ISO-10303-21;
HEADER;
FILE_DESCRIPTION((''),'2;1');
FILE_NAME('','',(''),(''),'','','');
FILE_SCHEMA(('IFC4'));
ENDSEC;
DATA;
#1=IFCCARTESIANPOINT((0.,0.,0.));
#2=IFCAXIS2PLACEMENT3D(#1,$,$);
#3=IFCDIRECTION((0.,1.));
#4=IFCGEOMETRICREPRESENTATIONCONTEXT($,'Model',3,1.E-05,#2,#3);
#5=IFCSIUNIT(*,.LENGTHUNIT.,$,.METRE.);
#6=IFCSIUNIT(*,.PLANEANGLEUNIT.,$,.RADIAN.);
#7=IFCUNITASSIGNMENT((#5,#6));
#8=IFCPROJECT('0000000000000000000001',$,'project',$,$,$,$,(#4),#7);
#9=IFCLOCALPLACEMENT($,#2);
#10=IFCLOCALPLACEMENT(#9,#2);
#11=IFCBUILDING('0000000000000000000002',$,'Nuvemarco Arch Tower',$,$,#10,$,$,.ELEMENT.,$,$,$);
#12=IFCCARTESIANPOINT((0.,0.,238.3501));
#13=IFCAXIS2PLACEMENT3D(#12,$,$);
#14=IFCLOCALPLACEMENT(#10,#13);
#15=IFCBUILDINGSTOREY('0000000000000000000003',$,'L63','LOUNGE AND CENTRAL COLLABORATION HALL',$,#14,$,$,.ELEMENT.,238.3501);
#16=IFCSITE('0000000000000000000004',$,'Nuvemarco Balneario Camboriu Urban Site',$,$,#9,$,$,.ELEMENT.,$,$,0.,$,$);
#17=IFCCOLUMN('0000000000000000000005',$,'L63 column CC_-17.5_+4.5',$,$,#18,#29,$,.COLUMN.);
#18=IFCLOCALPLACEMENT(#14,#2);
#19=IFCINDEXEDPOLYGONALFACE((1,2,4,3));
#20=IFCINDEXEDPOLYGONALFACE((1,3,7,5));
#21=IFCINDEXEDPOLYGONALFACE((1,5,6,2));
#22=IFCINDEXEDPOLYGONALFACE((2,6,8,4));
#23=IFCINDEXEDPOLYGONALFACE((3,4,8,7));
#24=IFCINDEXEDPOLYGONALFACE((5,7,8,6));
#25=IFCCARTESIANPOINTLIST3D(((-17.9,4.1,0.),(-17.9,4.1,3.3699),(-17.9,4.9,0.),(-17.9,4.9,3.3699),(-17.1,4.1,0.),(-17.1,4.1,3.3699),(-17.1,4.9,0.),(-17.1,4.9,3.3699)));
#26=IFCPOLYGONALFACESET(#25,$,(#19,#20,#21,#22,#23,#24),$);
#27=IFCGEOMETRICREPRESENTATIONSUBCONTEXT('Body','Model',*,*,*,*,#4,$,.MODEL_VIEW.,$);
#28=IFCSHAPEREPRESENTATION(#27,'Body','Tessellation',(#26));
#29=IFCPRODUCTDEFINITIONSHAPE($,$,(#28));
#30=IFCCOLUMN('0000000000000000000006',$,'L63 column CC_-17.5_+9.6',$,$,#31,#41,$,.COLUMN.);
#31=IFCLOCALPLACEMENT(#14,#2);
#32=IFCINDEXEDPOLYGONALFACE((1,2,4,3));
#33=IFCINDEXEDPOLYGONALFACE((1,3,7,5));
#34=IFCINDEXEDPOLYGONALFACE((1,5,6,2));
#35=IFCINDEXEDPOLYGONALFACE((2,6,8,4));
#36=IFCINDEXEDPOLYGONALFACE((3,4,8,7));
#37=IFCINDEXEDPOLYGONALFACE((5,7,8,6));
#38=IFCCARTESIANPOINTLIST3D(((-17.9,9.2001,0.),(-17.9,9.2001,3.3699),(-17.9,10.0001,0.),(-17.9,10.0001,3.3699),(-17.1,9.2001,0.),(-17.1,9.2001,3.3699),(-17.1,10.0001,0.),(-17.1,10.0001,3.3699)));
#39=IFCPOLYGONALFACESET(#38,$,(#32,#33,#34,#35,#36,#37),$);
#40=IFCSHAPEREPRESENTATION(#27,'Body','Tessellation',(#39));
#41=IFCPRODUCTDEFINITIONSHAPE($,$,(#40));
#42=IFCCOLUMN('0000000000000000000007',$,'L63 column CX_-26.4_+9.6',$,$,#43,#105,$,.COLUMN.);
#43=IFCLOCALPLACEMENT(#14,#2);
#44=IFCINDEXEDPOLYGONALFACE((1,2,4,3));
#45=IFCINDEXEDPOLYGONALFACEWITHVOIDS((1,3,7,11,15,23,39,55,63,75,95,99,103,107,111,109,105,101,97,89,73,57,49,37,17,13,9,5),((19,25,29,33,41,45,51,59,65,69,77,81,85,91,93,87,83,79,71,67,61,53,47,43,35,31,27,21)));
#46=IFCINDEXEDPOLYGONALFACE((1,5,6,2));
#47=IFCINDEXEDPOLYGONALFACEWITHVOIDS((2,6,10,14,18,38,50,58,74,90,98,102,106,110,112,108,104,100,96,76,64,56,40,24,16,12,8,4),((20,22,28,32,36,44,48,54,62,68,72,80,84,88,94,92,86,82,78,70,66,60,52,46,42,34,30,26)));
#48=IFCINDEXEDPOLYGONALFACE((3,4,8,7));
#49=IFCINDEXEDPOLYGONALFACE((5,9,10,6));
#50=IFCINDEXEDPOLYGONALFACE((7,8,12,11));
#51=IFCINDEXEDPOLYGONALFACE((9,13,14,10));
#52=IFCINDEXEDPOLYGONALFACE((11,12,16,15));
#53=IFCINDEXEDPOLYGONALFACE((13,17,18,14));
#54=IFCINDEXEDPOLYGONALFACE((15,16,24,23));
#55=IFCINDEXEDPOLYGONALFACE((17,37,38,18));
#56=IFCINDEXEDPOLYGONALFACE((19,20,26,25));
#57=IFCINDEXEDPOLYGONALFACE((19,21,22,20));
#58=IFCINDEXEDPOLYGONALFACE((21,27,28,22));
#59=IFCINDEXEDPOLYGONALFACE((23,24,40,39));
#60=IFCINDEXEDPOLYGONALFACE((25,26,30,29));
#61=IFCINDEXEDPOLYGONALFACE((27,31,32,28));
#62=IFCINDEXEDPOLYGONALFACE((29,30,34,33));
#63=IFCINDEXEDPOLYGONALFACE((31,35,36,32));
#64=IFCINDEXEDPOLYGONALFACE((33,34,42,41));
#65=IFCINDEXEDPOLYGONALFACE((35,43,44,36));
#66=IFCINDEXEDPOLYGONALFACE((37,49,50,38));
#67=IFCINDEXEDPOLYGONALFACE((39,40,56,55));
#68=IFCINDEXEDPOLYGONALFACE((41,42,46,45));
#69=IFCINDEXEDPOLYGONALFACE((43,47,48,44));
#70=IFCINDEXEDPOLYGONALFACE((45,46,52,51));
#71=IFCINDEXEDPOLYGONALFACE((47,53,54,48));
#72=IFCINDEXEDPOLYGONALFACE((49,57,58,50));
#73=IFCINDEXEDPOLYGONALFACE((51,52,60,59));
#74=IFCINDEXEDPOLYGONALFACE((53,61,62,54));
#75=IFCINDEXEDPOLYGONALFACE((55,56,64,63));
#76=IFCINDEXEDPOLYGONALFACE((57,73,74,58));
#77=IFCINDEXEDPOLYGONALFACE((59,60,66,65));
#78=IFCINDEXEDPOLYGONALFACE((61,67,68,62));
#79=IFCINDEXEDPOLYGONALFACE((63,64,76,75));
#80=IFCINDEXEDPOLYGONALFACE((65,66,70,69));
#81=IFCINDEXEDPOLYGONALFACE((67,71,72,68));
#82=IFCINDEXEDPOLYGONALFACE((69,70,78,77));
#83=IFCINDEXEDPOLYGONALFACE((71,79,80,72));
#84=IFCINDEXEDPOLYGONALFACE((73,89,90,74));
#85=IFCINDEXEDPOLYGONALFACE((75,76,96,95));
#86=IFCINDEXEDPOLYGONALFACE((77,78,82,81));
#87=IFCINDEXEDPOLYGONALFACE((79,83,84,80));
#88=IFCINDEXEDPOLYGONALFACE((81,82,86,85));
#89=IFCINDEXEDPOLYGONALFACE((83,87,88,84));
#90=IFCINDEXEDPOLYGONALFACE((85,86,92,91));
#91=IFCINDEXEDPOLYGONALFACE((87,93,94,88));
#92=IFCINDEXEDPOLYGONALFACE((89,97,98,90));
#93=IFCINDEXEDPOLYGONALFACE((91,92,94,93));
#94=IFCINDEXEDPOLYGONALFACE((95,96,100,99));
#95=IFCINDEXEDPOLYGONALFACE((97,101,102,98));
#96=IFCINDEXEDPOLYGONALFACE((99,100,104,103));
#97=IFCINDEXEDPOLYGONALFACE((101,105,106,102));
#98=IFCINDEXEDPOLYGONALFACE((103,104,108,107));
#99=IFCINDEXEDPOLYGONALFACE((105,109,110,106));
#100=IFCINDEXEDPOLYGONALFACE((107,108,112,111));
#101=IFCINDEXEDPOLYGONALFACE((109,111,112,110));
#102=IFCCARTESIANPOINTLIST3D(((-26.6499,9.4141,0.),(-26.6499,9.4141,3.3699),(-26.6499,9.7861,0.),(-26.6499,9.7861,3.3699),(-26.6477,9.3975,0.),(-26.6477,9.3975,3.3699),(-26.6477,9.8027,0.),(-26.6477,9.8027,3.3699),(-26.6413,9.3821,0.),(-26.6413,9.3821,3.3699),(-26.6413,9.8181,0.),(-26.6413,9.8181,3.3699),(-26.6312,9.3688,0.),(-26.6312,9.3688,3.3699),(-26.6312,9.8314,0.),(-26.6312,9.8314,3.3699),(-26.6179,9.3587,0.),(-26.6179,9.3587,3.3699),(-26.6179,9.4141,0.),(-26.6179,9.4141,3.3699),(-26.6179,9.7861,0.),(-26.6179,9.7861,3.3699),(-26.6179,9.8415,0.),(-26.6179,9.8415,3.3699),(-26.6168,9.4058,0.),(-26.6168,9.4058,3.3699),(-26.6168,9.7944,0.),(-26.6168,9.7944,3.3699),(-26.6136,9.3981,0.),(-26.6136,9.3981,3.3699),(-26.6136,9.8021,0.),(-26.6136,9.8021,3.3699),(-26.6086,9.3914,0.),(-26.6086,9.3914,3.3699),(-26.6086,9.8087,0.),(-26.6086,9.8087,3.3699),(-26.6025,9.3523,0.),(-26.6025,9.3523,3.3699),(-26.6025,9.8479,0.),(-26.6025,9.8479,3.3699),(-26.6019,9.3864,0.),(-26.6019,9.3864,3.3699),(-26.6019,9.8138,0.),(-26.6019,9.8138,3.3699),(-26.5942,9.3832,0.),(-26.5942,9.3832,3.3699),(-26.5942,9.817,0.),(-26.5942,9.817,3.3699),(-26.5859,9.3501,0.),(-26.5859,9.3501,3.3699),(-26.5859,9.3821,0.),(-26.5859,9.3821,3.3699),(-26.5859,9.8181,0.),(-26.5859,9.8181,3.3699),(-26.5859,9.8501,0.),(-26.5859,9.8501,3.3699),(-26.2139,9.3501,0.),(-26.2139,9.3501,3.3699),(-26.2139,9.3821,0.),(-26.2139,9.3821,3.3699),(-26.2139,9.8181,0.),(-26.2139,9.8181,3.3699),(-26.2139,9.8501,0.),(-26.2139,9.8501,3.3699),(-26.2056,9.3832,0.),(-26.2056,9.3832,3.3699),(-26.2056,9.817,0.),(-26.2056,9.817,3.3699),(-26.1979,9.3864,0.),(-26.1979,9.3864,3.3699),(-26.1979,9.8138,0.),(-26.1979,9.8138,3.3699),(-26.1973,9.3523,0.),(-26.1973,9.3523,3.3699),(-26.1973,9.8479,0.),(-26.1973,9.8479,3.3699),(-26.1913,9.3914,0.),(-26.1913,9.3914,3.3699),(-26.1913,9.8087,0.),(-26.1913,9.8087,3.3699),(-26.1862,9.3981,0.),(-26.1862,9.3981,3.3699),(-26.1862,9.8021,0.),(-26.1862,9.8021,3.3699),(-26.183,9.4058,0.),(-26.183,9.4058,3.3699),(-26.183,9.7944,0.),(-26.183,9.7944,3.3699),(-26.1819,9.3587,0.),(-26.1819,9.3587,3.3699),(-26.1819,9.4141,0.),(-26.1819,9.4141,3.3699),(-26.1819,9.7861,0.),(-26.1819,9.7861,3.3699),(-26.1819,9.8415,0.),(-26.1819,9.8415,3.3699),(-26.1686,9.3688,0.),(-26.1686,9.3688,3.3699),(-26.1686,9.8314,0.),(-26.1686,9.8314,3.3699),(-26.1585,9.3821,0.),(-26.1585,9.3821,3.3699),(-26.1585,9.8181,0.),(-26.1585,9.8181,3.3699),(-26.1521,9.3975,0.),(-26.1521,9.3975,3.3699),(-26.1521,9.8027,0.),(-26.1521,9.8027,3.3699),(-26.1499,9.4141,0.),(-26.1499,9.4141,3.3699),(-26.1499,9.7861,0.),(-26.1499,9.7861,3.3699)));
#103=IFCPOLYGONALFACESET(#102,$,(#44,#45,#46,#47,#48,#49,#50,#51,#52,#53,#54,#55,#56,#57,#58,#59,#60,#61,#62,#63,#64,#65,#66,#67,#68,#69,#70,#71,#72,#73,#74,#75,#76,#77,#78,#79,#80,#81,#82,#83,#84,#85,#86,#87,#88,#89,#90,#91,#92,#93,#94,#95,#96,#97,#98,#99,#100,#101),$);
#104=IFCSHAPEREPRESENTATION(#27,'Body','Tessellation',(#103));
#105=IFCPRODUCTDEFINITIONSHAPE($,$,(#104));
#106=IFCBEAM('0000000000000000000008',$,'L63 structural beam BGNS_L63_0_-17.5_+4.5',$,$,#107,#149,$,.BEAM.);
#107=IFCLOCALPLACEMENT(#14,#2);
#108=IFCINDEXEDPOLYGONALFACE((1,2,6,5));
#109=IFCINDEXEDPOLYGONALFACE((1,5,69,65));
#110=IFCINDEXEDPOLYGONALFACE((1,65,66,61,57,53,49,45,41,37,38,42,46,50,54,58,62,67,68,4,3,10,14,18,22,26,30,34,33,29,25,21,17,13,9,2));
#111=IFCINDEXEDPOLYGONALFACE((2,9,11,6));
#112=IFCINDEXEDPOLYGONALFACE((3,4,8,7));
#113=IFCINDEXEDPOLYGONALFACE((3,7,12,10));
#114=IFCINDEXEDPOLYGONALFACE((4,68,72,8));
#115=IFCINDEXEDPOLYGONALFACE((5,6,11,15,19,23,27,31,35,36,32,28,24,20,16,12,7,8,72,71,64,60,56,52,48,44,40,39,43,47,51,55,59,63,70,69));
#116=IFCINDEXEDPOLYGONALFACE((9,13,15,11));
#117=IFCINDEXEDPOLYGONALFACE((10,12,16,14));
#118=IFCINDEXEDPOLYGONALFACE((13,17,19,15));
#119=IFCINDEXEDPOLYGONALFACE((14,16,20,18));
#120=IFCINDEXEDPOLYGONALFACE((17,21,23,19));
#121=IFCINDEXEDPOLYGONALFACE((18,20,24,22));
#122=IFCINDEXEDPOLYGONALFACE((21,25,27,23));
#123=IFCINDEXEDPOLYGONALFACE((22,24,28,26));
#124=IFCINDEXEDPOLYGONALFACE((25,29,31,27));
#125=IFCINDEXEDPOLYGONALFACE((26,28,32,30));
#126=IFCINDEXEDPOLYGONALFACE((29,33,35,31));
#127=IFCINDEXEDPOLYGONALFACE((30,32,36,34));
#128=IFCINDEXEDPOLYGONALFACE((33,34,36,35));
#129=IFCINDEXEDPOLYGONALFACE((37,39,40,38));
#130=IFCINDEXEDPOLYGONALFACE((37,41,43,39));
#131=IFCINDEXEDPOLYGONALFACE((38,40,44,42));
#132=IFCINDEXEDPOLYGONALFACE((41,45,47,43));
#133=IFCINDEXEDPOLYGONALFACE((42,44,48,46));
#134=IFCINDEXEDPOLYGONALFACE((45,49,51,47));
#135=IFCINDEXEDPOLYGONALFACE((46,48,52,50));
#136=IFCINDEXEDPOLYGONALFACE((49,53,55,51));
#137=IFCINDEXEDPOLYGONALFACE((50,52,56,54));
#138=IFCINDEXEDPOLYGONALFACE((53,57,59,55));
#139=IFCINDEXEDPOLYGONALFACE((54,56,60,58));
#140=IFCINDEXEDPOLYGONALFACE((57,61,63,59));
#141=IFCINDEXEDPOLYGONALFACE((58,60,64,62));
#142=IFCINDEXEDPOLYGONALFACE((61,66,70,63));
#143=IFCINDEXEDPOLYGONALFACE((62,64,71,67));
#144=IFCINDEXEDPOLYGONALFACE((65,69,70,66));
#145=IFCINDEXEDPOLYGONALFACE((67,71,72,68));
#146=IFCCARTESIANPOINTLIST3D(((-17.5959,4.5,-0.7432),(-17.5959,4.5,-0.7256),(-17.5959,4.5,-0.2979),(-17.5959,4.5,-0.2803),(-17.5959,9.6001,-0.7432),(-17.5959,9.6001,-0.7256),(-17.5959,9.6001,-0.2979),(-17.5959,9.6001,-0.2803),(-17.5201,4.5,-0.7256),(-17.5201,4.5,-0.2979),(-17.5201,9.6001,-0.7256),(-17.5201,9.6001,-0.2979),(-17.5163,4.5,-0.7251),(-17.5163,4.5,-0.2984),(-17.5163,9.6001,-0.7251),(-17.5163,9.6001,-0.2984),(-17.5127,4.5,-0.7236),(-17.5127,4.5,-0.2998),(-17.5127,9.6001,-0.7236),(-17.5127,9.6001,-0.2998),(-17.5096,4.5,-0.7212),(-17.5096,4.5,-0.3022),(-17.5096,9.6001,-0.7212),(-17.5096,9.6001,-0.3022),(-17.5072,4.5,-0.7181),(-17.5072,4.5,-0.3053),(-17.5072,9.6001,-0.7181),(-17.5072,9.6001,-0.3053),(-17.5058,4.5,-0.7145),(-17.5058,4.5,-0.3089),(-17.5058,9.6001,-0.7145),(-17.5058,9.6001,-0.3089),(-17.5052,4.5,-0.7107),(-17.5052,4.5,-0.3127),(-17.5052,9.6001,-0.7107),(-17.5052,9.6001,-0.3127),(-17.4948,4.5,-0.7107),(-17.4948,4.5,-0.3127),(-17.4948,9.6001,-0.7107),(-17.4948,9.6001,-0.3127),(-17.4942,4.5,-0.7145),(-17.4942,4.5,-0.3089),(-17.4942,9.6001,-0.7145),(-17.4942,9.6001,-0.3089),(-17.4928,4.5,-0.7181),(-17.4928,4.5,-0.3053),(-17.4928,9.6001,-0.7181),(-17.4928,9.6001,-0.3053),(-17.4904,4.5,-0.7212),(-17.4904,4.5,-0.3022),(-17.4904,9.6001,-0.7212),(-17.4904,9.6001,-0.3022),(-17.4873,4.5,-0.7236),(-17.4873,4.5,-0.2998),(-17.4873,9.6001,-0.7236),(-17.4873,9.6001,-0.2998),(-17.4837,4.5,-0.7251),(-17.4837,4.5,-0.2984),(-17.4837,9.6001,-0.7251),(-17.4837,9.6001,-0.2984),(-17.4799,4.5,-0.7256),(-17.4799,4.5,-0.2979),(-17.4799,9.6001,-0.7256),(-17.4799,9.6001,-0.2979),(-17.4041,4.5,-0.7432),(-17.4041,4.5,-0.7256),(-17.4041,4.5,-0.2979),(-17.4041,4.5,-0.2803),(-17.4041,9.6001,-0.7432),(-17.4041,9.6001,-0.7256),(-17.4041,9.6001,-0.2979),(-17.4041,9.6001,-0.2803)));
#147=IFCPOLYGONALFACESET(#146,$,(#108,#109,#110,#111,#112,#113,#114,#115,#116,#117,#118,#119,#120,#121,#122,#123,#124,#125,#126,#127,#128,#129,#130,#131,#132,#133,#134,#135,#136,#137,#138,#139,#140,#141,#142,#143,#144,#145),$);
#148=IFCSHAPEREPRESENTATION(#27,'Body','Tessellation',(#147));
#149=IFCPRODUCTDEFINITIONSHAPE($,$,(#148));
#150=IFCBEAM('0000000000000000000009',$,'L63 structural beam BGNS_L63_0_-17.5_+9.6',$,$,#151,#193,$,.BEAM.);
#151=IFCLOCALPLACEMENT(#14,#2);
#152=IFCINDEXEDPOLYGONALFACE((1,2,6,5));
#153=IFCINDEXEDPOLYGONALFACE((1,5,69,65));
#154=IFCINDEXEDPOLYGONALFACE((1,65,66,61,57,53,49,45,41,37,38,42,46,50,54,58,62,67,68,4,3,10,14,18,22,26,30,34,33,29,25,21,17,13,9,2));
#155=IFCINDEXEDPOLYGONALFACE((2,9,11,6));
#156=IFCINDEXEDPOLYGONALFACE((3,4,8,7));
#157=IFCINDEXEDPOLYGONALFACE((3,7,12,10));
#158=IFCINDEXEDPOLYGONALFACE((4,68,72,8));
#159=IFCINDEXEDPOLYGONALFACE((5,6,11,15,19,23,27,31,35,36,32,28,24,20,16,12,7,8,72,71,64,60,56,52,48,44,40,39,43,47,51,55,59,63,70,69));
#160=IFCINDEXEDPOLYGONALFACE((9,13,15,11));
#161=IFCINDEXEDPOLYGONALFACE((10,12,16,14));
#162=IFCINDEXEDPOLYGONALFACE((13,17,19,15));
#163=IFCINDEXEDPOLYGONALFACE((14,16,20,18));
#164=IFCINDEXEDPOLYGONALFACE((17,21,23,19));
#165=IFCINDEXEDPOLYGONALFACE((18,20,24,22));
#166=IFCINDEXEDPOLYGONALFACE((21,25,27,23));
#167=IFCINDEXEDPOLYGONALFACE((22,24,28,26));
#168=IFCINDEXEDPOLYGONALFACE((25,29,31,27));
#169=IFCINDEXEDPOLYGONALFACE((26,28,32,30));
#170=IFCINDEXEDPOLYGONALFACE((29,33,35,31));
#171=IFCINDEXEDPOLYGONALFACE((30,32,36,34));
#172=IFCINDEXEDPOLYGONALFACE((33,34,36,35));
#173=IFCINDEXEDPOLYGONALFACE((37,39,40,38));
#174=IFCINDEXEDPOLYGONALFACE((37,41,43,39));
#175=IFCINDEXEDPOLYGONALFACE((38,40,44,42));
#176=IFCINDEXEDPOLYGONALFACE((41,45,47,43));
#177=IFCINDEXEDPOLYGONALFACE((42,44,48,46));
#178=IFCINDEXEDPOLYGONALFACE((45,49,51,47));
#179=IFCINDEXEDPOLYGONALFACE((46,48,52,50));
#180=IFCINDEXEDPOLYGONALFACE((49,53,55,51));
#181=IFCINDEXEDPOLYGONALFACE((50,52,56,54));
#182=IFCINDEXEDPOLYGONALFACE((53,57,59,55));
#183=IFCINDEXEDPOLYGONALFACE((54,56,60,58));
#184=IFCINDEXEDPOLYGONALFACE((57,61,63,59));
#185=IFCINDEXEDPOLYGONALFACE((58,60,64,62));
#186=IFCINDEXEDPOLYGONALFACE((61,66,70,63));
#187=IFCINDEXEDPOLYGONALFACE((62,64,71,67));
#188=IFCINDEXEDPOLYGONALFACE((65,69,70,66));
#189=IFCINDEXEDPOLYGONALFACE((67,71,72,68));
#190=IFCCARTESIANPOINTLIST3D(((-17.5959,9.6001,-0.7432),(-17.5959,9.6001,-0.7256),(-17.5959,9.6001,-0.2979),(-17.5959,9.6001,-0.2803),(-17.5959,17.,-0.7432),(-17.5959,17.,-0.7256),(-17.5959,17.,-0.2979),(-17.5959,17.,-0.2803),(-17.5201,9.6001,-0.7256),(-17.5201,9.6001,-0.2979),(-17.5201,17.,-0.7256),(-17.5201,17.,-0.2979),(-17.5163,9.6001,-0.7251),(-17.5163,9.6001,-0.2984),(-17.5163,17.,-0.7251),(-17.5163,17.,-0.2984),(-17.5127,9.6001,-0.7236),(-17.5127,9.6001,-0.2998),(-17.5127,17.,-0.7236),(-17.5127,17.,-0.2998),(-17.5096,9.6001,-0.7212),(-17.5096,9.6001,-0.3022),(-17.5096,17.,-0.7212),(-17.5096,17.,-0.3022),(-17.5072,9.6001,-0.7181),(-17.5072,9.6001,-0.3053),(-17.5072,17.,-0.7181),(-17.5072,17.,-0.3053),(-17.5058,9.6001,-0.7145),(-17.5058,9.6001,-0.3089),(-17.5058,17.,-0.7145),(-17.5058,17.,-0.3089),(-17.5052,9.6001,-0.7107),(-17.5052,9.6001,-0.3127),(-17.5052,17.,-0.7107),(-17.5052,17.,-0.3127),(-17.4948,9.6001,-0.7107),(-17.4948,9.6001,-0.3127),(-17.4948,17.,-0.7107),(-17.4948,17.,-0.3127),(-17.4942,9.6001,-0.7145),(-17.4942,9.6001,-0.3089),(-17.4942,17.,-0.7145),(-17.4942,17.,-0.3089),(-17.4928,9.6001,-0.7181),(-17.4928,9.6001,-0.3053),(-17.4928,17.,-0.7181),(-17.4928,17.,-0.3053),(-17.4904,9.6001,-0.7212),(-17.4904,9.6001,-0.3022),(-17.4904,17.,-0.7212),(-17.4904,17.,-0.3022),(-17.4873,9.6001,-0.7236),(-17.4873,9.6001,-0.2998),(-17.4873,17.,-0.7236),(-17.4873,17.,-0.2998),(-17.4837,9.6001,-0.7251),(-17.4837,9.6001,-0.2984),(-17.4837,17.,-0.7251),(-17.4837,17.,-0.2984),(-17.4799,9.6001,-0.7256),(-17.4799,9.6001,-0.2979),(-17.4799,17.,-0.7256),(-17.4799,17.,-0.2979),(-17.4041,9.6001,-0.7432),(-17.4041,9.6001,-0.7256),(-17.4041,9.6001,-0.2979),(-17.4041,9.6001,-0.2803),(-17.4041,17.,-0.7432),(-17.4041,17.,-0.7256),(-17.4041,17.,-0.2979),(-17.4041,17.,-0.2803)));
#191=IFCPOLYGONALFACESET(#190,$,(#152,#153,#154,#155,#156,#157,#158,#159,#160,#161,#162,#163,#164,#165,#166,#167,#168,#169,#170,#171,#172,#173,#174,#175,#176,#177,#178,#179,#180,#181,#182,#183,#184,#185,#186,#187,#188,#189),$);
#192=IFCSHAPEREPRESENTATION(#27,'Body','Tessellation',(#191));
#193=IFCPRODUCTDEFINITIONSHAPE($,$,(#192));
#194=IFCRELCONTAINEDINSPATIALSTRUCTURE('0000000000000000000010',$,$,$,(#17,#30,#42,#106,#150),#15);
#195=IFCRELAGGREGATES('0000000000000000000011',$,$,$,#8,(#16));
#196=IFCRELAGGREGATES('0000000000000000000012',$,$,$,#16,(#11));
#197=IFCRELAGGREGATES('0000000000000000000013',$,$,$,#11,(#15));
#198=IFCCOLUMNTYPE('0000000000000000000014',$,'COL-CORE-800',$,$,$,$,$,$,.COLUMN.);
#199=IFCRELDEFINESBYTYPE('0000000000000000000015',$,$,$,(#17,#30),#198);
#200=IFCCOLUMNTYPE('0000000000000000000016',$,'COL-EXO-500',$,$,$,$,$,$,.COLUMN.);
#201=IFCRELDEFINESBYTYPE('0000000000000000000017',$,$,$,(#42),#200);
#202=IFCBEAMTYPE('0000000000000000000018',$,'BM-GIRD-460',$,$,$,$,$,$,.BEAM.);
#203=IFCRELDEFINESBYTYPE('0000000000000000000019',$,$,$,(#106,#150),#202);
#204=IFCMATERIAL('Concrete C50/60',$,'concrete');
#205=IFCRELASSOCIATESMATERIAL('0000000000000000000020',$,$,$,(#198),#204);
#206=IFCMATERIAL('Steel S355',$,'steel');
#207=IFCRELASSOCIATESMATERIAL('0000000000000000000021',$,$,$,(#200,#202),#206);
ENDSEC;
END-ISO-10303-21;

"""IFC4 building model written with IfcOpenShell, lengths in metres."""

from ifc_helpers import new_model, si_unit, direction, frame, origin, origin_2d, place, context, subcontext, project, spatial, rectangle, hollow_rectangle, i_section, extrude, material, material_profile, profile_set, type_object, element, save


model = new_model("IFC4")

# Units and contexts
model_context = context("Model", 3, precision=1e-05, world=origin(), true_north=direction((0.0, 1.0)))
body_context = subcontext(model_context, "Body", "Model", "MODEL_VIEW")
ifc_project = project(units=[si_unit("LENGTHUNIT", "METRE"), si_unit("PLANEANGLEUNIT", "RADIAN")], contexts=[model_context])

# Site, building, storey
site_placement = place(None, origin())
site = spatial("IfcSite", under=ifc_project, at=site_placement, Name="Nuvemarco Balneario Camboriu Urban Site", CompositionType="ELEMENT", RefElevation=0.0)
building_placement = place(site_placement, origin())
building = spatial("IfcBuilding", under=site, at=building_placement, Name="Nuvemarco Arch Tower", CompositionType="ELEMENT")
storey_placement = place(building_placement, frame((0.0, 0.0, 238.3501)))
storey = spatial("IfcBuildingStorey", under=building, at=storey_placement, Name="L63", Description="LOUNGE AND CENTRAL COLLABORATION HALL", CompositionType="ELEMENT", Elevation=238.3501)

# Columns
ifc_material_1 = material(Name="Concrete C50/60", Category="concrete")
ifc_material_profile_1 = material_profile(ifc_material_1, rectangle(XDim=0.8, YDim=0.8, at=origin_2d()), Name="RC-COL-800x800")
ifc_profile_set_1 = profile_set([ifc_material_profile_1], Name="Concrete C50/60")
column_type_1 = type_object("IfcColumnType", Name="COL-CORE-800", PredefinedType="COLUMN", material=ifc_profile_set_1)
for number, where, z_axis, x_axis, name in (
    (1, (-17.5, 4.5, 0.0), (0.0, 0.0, 1.0), (1.0, 0.0, 0.0), "L63 column CC_-17.5_+4.5"),
    (2, (-17.5, 9.6001, 0.0), (0.0, 0.0, 1.0), (1.0, 0.0, 0.0), "L63 column CC_-17.5_+9.6"),
):
    element("IfcColumn", number, at=place(storey_placement, frame(where, z_axis=z_axis, x_axis=x_axis)), inside=storey, type_object=column_type_1, Name=name, PredefinedType="COLUMN", context=body_context, shape_type="SweptSolid", body=[
        extrude(rectangle(XDim=0.8, YDim=0.8, at=origin_2d()), origin(), (0.0, 0.0, 1.0), 3.3699),
    ])
ifc_material_2 = material(Name="Steel S355", Category="steel")
ifc_material_profile_2 = material_profile(ifc_material_2, hollow_rectangle(XDim=0.5, YDim=0.5, WallThickness=0.032, InnerFilletRadius=0.032, OuterFilletRadius=0.064, at=origin_2d()), Name="SHS500x500x32")
ifc_profile_set_2 = profile_set([ifc_material_profile_2], Name="Steel S355")
column_type_2 = type_object("IfcColumnType", Name="COL-EXO-500", PredefinedType="COLUMN", material=ifc_profile_set_2)
column_placement = place(storey_placement, frame((-26.3999, 9.6001, 0.0), z_axis=(0.0, 0.0, 1.0), x_axis=(1.0, 0.0, 0.0)))
element("IfcColumn", 3, at=column_placement, inside=storey, type_object=column_type_2, Name="L63 column CX_-26.4_+9.6", PredefinedType="COLUMN", context=body_context, shape_type="SweptSolid", body=[
    extrude(hollow_rectangle(XDim=0.5, YDim=0.5, WallThickness=0.032, InnerFilletRadius=0.032, OuterFilletRadius=0.064, at=origin_2d()), origin(), (0.0, 0.0, 1.0), 3.3699),
])

# Beams
ifc_material_profile_3 = material_profile(ifc_material_2, i_section(OverallWidth=0.1919, OverallDepth=0.4629, WebThickness=0.0105, FlangeThickness=0.0176, FilletRadius=0.0149, at=origin_2d()), Name="W460x89")
ifc_profile_set_3 = profile_set([ifc_material_profile_3], Name="Steel S355")
beam_type_1 = type_object("IfcBeamType", Name="BM-GIRD-460", PredefinedType="BEAM", material=ifc_profile_set_3)
beam_1_placement = place(storey_placement, frame((-17.5, 4.5, -0.5117), z_axis=(0.0, 1.0, 0.0), x_axis=(-1.0, 0.0, 0.0)))
element("IfcBeam", 4, at=beam_1_placement, inside=storey, type_object=beam_type_1, Name="L63 structural beam BGNS_L63_0_-17.5_+4.5", PredefinedType="BEAM", context=body_context, shape_type="SweptSolid", body=[
    extrude(i_section(OverallWidth=0.1919, OverallDepth=0.4629, WebThickness=0.0105, FlangeThickness=0.0176, FilletRadius=0.0149, at=origin_2d()), origin(), (0.0, 0.0, 1.0), 5.1001),
])
beam_2_placement = place(storey_placement, frame((-17.5, 9.6001, -0.5117), z_axis=(0.0, 1.0, 0.0), x_axis=(-1.0, 0.0, 0.0)))
element("IfcBeam", 5, at=beam_2_placement, inside=storey, type_object=beam_type_1, Name="L63 structural beam BGNS_L63_0_-17.5_+9.6", PredefinedType="BEAM", context=body_context, shape_type="SweptSolid", body=[
    extrude(i_section(OverallWidth=0.1919, OverallDepth=0.4629, WebThickness=0.0105, FlangeThickness=0.0176, FilletRadius=0.0149, at=origin_2d()), origin(), (0.0, 0.0, 1.0), 7.3999),
])

save(model, "model.ifc")
